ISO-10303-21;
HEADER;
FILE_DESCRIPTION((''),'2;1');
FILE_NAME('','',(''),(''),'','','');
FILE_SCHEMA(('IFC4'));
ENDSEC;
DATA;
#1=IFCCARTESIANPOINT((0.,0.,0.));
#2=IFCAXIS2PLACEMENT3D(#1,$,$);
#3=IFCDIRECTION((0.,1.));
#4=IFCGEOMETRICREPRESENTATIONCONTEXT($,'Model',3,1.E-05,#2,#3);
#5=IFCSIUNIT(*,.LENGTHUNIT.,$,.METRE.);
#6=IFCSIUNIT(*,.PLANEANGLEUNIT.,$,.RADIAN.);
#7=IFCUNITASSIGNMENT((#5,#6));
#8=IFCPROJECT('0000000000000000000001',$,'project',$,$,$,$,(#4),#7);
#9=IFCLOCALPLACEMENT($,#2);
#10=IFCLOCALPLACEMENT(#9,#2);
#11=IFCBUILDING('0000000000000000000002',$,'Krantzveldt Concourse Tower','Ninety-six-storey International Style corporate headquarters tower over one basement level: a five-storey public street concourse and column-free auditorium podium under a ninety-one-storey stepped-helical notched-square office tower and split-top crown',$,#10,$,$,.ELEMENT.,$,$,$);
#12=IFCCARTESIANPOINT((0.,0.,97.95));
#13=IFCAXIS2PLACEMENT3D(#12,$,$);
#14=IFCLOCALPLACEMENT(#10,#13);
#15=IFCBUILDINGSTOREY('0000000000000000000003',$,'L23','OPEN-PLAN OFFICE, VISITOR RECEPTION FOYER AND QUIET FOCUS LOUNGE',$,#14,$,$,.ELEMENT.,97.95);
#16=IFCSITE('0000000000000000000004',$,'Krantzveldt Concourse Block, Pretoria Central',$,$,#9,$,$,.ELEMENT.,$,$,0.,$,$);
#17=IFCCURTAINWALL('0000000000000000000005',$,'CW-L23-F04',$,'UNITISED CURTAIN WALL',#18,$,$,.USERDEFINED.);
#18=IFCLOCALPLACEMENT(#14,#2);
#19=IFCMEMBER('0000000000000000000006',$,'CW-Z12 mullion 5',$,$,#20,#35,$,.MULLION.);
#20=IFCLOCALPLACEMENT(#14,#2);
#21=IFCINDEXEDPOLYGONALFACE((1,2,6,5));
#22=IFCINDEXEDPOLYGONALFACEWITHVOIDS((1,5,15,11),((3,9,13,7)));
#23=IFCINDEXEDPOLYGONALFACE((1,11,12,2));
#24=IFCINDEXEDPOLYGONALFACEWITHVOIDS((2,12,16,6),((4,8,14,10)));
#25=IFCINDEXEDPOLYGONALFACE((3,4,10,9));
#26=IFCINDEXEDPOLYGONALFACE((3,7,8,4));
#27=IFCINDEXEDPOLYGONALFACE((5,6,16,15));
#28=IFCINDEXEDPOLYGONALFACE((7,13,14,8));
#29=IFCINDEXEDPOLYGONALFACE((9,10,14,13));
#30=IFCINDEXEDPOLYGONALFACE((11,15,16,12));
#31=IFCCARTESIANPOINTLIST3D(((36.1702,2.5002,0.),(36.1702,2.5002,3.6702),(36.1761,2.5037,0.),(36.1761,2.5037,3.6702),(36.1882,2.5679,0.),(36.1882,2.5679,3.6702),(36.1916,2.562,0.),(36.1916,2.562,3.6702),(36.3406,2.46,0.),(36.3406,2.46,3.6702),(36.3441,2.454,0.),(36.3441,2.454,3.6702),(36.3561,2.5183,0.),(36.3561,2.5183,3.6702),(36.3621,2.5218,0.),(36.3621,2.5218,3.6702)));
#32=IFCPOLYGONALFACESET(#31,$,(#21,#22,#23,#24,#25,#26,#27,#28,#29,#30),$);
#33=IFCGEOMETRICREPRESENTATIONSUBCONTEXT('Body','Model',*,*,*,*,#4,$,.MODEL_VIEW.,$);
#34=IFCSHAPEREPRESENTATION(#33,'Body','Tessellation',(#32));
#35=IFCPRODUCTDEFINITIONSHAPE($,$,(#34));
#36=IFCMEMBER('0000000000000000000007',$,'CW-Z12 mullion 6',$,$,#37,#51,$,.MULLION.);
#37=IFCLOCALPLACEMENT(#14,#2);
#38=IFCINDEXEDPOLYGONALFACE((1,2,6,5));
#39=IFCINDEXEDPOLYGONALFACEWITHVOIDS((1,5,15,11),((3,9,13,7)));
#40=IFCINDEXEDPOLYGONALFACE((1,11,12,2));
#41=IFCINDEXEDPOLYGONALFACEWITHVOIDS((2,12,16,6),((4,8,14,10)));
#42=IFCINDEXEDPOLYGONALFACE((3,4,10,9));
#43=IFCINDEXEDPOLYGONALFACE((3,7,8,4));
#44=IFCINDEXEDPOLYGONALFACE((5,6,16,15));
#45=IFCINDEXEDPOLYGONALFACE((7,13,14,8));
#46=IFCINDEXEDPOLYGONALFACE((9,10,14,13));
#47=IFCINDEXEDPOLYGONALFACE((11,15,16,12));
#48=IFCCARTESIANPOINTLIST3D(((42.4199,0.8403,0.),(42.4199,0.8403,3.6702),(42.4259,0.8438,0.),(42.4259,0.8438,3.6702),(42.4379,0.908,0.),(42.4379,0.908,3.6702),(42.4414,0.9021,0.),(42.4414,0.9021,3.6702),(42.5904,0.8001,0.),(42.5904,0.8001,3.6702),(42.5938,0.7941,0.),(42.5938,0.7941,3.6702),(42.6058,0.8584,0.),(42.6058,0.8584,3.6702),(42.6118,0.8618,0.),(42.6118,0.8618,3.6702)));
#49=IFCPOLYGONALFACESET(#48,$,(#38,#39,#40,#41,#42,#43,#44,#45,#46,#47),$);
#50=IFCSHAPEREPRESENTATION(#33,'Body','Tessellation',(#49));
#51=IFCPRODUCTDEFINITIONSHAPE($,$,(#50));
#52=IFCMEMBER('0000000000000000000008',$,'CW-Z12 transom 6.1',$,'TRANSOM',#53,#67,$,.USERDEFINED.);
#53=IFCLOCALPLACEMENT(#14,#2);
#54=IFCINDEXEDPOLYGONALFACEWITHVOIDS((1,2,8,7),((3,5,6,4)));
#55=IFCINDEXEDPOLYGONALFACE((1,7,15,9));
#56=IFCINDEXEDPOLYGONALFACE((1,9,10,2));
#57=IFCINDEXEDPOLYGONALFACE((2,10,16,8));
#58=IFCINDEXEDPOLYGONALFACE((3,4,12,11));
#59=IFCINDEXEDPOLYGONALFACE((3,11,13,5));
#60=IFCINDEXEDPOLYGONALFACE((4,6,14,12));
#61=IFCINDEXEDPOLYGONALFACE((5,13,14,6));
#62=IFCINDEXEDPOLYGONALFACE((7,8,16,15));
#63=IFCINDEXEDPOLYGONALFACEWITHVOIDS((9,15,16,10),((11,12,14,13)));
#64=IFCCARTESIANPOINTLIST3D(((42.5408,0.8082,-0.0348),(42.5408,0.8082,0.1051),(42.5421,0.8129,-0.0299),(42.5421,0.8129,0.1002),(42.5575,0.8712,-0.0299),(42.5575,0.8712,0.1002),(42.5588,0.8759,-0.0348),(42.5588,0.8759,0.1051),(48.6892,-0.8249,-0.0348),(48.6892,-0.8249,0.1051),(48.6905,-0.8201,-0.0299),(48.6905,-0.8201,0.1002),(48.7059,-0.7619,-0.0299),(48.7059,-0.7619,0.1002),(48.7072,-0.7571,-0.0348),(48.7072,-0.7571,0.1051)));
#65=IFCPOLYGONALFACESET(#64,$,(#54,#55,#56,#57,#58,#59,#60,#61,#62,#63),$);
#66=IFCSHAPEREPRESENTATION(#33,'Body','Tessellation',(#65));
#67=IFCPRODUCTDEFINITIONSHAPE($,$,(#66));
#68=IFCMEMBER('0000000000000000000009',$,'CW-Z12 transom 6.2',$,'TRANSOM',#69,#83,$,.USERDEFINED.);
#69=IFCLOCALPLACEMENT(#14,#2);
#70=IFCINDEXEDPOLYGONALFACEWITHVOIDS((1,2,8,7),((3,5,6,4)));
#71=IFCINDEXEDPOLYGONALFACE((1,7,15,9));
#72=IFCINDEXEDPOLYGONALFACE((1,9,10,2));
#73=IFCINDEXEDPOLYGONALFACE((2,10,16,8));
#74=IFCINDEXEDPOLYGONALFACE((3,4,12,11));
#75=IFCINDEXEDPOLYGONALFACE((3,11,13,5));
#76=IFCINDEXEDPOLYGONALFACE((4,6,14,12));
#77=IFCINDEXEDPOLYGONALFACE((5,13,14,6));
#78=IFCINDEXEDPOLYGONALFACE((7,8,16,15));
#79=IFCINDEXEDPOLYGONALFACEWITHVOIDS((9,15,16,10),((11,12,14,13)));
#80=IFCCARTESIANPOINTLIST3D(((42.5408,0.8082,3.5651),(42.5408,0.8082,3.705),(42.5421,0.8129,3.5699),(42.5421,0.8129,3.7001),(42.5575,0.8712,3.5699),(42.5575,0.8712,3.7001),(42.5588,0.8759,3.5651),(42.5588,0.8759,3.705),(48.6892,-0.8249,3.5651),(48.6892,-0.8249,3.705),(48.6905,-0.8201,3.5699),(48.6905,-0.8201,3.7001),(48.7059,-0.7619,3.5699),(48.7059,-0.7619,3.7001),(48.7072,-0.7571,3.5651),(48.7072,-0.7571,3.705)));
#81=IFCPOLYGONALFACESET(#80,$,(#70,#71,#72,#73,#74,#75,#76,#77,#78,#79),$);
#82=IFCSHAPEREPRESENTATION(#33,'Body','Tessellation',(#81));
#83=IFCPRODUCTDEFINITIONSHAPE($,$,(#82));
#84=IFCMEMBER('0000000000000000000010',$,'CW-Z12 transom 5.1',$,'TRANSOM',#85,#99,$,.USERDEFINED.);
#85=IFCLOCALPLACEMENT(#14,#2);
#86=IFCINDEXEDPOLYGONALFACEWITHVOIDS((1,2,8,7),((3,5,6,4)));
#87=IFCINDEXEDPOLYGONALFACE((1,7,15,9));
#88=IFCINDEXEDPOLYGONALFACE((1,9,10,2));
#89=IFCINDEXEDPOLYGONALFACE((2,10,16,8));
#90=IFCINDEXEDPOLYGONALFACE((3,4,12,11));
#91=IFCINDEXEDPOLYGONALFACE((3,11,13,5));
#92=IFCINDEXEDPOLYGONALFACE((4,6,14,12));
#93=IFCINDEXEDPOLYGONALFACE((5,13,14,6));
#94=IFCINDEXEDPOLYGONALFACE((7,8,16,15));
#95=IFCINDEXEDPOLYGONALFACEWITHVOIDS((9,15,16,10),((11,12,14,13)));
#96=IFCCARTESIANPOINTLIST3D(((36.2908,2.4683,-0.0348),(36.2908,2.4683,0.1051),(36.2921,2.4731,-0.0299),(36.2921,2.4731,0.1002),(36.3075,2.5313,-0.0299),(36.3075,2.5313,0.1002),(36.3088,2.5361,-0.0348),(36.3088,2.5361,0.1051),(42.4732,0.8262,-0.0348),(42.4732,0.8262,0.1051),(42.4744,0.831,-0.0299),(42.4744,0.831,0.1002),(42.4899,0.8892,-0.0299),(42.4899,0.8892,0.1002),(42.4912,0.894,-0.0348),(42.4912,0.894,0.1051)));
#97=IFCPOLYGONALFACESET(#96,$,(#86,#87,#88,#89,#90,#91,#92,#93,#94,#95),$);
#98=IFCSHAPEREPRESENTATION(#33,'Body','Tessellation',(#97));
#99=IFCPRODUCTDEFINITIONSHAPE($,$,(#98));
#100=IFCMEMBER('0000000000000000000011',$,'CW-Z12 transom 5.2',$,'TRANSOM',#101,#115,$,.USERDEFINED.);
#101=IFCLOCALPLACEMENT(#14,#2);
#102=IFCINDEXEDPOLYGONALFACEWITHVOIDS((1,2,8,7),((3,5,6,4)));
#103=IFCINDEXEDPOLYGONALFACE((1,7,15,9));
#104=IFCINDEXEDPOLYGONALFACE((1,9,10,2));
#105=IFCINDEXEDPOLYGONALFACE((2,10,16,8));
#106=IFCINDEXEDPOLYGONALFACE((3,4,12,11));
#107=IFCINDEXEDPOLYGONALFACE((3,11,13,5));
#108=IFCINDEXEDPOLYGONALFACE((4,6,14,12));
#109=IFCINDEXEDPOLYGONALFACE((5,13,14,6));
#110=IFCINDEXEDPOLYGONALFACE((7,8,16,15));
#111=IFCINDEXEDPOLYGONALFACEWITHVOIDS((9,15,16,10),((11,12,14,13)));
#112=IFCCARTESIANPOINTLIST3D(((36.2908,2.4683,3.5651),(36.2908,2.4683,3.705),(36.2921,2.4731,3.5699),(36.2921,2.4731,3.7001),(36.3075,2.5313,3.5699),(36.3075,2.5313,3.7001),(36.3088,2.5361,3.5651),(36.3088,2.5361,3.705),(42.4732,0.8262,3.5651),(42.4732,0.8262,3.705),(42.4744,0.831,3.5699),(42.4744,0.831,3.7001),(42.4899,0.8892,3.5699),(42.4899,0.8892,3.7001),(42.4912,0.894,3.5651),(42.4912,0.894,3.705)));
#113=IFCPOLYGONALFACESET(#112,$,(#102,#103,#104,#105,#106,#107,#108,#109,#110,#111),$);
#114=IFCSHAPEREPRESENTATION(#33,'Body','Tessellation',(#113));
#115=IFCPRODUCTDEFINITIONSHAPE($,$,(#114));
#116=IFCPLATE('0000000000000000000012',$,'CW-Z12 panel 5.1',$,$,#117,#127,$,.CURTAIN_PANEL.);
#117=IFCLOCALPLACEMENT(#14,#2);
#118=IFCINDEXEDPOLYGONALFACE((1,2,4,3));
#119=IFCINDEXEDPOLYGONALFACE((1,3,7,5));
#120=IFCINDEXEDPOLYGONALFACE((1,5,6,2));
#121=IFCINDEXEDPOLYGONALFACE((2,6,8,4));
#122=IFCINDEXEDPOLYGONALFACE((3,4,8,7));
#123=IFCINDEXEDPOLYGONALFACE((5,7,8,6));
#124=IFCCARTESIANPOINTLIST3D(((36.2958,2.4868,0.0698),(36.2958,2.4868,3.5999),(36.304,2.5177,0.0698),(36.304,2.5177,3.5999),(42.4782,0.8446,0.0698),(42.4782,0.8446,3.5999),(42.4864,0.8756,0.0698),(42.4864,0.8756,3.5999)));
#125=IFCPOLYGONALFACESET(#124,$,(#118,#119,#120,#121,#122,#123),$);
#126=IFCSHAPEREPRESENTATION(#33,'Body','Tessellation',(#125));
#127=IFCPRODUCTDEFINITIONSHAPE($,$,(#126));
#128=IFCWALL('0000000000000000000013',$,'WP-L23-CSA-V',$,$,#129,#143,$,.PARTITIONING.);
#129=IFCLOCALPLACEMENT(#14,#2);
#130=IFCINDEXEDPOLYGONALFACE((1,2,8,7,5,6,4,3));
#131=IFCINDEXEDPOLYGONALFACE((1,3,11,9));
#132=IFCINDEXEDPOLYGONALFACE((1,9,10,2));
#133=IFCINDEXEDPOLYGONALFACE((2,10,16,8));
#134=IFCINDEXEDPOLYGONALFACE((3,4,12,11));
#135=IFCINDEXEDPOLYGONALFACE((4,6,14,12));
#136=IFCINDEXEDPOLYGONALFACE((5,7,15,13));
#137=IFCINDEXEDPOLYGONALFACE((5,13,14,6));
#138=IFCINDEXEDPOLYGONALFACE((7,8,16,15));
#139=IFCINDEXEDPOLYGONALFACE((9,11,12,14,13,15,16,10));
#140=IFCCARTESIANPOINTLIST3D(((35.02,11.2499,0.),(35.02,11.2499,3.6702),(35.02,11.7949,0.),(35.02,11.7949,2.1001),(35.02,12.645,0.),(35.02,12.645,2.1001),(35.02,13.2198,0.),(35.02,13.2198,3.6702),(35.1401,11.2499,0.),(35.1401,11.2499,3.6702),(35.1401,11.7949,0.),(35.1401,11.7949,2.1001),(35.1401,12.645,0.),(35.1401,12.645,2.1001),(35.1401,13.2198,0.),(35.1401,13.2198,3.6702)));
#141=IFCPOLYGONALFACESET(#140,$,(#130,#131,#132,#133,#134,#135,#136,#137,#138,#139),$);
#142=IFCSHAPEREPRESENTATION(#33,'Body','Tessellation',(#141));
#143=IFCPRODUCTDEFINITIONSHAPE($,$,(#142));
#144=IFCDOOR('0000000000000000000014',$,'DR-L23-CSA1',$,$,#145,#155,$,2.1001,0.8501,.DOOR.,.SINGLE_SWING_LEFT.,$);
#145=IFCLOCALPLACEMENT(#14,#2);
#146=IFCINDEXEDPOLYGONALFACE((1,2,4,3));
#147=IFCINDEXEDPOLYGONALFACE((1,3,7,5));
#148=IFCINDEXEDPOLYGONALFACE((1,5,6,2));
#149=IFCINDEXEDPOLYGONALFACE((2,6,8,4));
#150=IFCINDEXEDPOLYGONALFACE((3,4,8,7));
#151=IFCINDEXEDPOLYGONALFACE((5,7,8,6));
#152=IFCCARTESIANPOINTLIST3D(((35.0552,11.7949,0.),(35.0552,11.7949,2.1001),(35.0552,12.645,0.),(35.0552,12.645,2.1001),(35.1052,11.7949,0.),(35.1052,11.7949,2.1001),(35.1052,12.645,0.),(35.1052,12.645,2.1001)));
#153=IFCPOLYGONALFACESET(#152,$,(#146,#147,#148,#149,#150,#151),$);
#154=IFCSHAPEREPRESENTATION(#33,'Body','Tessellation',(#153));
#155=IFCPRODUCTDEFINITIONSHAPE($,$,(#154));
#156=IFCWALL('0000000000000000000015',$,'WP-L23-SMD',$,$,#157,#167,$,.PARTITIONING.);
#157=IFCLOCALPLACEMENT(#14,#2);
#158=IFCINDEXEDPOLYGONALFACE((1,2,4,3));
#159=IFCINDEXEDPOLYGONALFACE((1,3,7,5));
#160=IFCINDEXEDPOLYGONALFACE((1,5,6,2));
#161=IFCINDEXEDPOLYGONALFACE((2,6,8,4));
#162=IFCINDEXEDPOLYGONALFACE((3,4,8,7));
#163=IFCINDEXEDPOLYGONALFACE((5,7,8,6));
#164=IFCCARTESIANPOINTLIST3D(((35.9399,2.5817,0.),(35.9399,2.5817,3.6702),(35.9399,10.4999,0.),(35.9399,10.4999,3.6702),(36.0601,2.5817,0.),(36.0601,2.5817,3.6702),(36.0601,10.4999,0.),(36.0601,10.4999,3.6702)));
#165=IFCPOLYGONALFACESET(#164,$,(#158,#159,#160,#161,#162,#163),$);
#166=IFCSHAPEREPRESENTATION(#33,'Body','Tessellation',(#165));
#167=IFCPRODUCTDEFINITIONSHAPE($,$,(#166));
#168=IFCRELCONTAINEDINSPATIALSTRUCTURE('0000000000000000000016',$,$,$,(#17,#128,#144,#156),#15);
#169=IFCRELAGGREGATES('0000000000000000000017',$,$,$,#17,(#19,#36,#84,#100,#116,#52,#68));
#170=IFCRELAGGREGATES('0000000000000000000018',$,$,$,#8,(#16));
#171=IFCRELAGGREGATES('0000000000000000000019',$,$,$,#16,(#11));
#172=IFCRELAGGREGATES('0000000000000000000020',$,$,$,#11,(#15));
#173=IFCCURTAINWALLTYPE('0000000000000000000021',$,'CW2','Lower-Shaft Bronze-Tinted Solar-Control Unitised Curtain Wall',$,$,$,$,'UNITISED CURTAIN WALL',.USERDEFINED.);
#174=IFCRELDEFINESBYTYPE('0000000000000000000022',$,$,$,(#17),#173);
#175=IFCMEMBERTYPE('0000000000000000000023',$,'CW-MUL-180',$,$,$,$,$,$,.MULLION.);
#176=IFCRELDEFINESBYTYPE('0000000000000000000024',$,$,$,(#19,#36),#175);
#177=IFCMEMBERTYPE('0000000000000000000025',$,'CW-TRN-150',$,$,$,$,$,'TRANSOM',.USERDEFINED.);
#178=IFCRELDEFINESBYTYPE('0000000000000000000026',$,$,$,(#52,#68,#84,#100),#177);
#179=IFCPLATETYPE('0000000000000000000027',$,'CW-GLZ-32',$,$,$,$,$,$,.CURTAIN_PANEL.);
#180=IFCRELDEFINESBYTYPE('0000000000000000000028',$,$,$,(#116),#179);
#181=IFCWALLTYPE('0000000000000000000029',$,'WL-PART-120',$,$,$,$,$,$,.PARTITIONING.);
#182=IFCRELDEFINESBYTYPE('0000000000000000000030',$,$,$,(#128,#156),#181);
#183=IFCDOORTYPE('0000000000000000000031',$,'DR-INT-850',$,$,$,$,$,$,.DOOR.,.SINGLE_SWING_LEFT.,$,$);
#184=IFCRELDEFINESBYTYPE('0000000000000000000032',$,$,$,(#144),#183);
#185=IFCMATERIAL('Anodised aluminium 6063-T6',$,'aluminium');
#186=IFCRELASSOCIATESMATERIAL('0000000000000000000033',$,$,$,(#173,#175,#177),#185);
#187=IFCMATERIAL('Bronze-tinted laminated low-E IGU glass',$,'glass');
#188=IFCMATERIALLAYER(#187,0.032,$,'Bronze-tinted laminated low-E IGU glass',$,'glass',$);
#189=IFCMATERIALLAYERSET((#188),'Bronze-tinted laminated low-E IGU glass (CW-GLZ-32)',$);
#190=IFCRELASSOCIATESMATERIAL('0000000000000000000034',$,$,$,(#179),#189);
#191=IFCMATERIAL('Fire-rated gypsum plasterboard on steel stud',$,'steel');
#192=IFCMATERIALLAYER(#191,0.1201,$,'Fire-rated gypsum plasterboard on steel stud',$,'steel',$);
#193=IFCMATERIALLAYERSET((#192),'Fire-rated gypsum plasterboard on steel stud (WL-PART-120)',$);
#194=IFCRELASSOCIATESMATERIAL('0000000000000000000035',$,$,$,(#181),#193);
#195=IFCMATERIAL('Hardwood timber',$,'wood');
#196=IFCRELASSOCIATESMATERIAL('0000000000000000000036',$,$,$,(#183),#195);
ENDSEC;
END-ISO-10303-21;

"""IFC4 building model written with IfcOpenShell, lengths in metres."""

from ifc_helpers import new_model, si_unit, direction, frame, frame_2d, origin, origin_2d, place, context, subcontext, project, spatial, rectangle, hollow_rectangle, extrude, source, transform, mapped, material, layer, layer_set, material_profile, profile_set, type_object, type_shapes, element, fill, aggregate, save


model = new_model("IFC4")

# Units and contexts
model_context = context("Model", 3, precision=1e-05, world=origin(), true_north=direction((0.0, 1.0)))
body_context = subcontext(model_context, "Body", "Model", "MODEL_VIEW")
ifc_project = project(units=[si_unit("LENGTHUNIT", "METRE"), si_unit("PLANEANGLEUNIT", "RADIAN")], contexts=[model_context])

# Site, building, storey
site_placement = place(None, origin())
site = spatial("IfcSite", under=ifc_project, at=site_placement, Name="Krantzveldt Concourse Block, Pretoria Central", CompositionType="ELEMENT", RefElevation=0.0)
building_placement = place(site_placement, origin())
building = spatial("IfcBuilding", under=site, at=building_placement, Name="Krantzveldt Concourse Tower", Description="Ninety-six-storey International Style corporate headquarters tower over one basement level: a five-storey public street concourse and column-free auditorium podium under a ninety-one-storey stepped-helical notched-square office tower and split-top crown", CompositionType="ELEMENT")
storey_placement = place(building_placement, frame((0.0, 0.0, 97.95)))
storey = spatial("IfcBuildingStorey", under=building, at=storey_placement, Name="L23", Description="OPEN-PLAN OFFICE, VISITOR RECEPTION FOYER AND QUIET FOCUS LOUNGE", CompositionType="ELEMENT", Elevation=97.95)

# Curtain wall, members, plate
ifc_material_1 = material(Name="Anodised aluminium 6063-T6", Category="aluminium")
curtain_wall_type = type_object("IfcCurtainWallType", Name="CW2", Description="Lower-Shaft Bronze-Tinted Solar-Control Unitised Curtain Wall", ElementType="UNITISED CURTAIN WALL", PredefinedType="USERDEFINED", material=ifc_material_1)
curtain_wall_placement = place(storey_placement, origin())
curtain_wall = element("IfcCurtainWall", 1, at=curtain_wall_placement, inside=storey, type_object=curtain_wall_type, Name="CW-L23-F04", ObjectType="UNITISED CURTAIN WALL", PredefinedType="USERDEFINED")
ifc_material_profile_1 = material_profile(ifc_material_1, hollow_rectangle(XDim=0.0701, YDim=0.1799, WallThickness=0.0049, at=origin_2d()), Name="Anodised aluminium 6063-T6", Category="aluminium")
ifc_profile_set_1 = profile_set([ifc_material_profile_1], Name="Anodised aluminium 6063-T6 - ALU-MULL 180x70x5")
member_type_1 = type_object("IfcMemberType", Name="CW-MUL-180", PredefinedType="MULLION", material=ifc_profile_set_1)
shared_shape_1 = source(origin(), body_context, "Body", "SweptSolid", [
    extrude(hollow_rectangle(XDim=0.0701, YDim=0.1799, WallThickness=0.0049, at=origin_2d()), origin(), (0.0, 0.0, 1.0), 3.6702),
])
type_shapes(member_type_1, [shared_shape_1])
member_1_placement = place(storey_placement, frame((36.2661, 2.511, 0.0), z_axis=(0.0, 0.0, 1.0), x_axis=(0.256711, 0.966488, 0.0)))
member_1 = element("IfcMember", 2, at=member_1_placement, type_object=member_type_1, Name="CW-Z12 mullion 5", PredefinedType="MULLION", context=body_context, shape_type="MappedRepresentation", body=[
    mapped(shared_shape_1, transform((0.0, 0.0, 0.0), x_axis=(1.0, 0.0, 0.0), y_axis=(0.0, 1.0, 0.0), z_axis=(0.0, 0.0, 1.0), scale=1.0)),
])
member_2_placement = place(storey_placement, frame((42.5159, 0.8511, 0.0), z_axis=(0.0, 0.0, 1.0), x_axis=(0.256711, 0.966488, 0.0)))
member_2 = element("IfcMember", 3, at=member_2_placement, type_object=member_type_1, Name="CW-Z12 mullion 6", PredefinedType="MULLION", context=body_context, shape_type="MappedRepresentation", body=[
    mapped(shared_shape_1, transform((0.0, 0.0, 0.0), x_axis=(1.0, 0.0, 0.0), y_axis=(0.0, 1.0, 0.0), z_axis=(0.0, 0.0, 1.0), scale=1.0)),
])
ifc_material_profile_2 = material_profile(ifc_material_1, hollow_rectangle(XDim=0.0701, YDim=0.1399, WallThickness=0.0049, at=origin_2d()), Name="Anodised aluminium 6063-T6", Category="aluminium")
ifc_profile_set_2 = profile_set([ifc_material_profile_2], Name="Anodised aluminium 6063-T6 - ALU-TRAN 140x70x5")
member_type_2 = type_object("IfcMemberType", Name="CW-TRN-150", ElementType="TRANSOM", PredefinedType="USERDEFINED", material=ifc_profile_set_2)
shared_shape_2 = source(origin(), body_context, "Body", "SweptSolid", [
    extrude(hollow_rectangle(XDim=0.0701, YDim=0.1399, WallThickness=0.0049, at=origin_2d()), origin(), (0.0, 0.0, 1.0), 6.3616),
])
member_3_placement = place(storey_placement, frame((42.5498, 0.842, 0.0352), z_axis=(0.96649, -0.256705, 0.0), x_axis=(0.256705, 0.96649, 0.0)))
member_3 = element("IfcMember", 4, at=member_3_placement, type_object=member_type_2, Name="CW-Z12 transom 6.1", ObjectType="TRANSOM", PredefinedType="USERDEFINED", context=body_context, shape_type="MappedRepresentation", body=[
    mapped(shared_shape_2, transform((0.0, 0.0, 0.0), x_axis=(1.0, 0.0, 0.0), y_axis=(0.0, 1.0, 0.0), z_axis=(0.0, 0.0, 1.0), scale=1.0)),
])
member_4_placement = place(storey_placement, frame((42.5498, 0.842, 3.635), z_axis=(0.96649, -0.256705, 0.0), x_axis=(0.256705, 0.96649, 0.0)))
member_4 = element("IfcMember", 5, at=member_4_placement, type_object=member_type_2, Name="CW-Z12 transom 6.2", ObjectType="TRANSOM", PredefinedType="USERDEFINED", context=body_context, shape_type="MappedRepresentation", body=[
    mapped(shared_shape_2, transform((0.0, 0.0, 0.0), x_axis=(1.0, 0.0, 0.0), y_axis=(0.0, 1.0, 0.0), z_axis=(0.0, 0.0, 1.0), scale=1.0)),
])
shared_shape_3 = source(origin(), body_context, "Body", "SweptSolid", [
    extrude(hollow_rectangle(XDim=0.0701, YDim=0.1399, WallThickness=0.0049, at=origin_2d()), origin(), (0.0, 0.0, 1.0), 6.3967),
])
type_shapes(member_type_2, [shared_shape_2, shared_shape_3])
member_5_placement = place(storey_placement, frame((36.2998, 2.5022, 0.0352), z_axis=(0.966489, -0.256708, 0.0), x_axis=(0.256708, 0.966489, 0.0)))
member_5 = element("IfcMember", 6, at=member_5_placement, type_object=member_type_2, Name="CW-Z12 transom 5.1", ObjectType="TRANSOM", PredefinedType="USERDEFINED", context=body_context, shape_type="MappedRepresentation", body=[
    mapped(shared_shape_3, transform((0.0, 0.0, 0.0), x_axis=(1.0, 0.0, 0.0), y_axis=(0.0, 1.0, 0.0), z_axis=(0.0, 0.0, 1.0), scale=1.0)),
])
member_6_placement = place(storey_placement, frame((36.2998, 2.5022, 3.635), z_axis=(0.966489, -0.256708, 0.0), x_axis=(0.256708, 0.966489, 0.0)))
member_6 = element("IfcMember", 7, at=member_6_placement, type_object=member_type_2, Name="CW-Z12 transom 5.2", ObjectType="TRANSOM", PredefinedType="USERDEFINED", context=body_context, shape_type="MappedRepresentation", body=[
    mapped(shared_shape_3, transform((0.0, 0.0, 0.0), x_axis=(1.0, 0.0, 0.0), y_axis=(0.0, 1.0, 0.0), z_axis=(0.0, 0.0, 1.0), scale=1.0)),
])
ifc_material_2 = material(Name="Bronze-tinted laminated low-E IGU glass", Category="glass")
ifc_layer_1 = layer(ifc_material_2, 0.032, Name="Bronze-tinted laminated low-E IGU glass", Category="glass")
ifc_layer_set_1 = layer_set([ifc_layer_1], Name="Bronze-tinted laminated low-E IGU glass (CW-GLZ-32)")
plate_type = type_object("IfcPlateType", Name="CW-GLZ-32", PredefinedType="CURTAIN_PANEL", material=ifc_layer_set_1)
shared_shape_4 = source(origin(), body_context, "Body", "SweptSolid", [
    extrude(rectangle(XDim=6.3967, YDim=0.032, at=origin_2d()), origin(), (0.0, 0.0, 1.0), 3.53),
])
type_shapes(plate_type, [shared_shape_4])
plate_placement = place(storey_placement, frame((39.3911, 1.6812, 0.0698), z_axis=(0.0, 0.0, 1.0), x_axis=(0.966488, -0.256711, 0.0)))
plate = element("IfcPlate", 8, at=plate_placement, type_object=plate_type, Name="CW-Z12 panel 5.1", PredefinedType="CURTAIN_PANEL", context=body_context, shape_type="MappedRepresentation", body=[
    mapped(shared_shape_4, transform((0.0, 0.0, 0.0), x_axis=(1.0, 0.0, 0.0), y_axis=(0.0, 1.0, 0.0), z_axis=(0.0, 0.0, 1.0), scale=1.0)),
])
aggregate(curtain_wall, [member_1, member_2, member_5, member_6, plate, member_3, member_4])

# Wall, opening, door
ifc_material_3 = material(Name="Fire-rated gypsum plasterboard on steel stud", Category="steel")
ifc_layer_2 = layer(ifc_material_3, 0.1201, Name="Fire-rated gypsum plasterboard on steel stud", Category="steel")
ifc_layer_set_2 = layer_set([ifc_layer_2], Name="Fire-rated gypsum plasterboard on steel stud (WL-PART-120)")
wall_type_1 = type_object("IfcWallType", Name="WL-PART-120", PredefinedType="PARTITIONING", material=ifc_layer_set_2)
wall_1_placement = place(storey_placement, frame((35.0801, 11.25, 0.0), z_axis=(0.0, 0.0, 1.0), x_axis=(0.0, 1.0, 0.0)))
wall_1 = element("IfcWall", 9, at=wall_1_placement, inside=storey, type_object=wall_type_1, Name="WP-L23-CSA-V", PredefinedType="PARTITIONING", context=body_context, shape_type="SweptSolid", body=[
    extrude(rectangle(XDim=1.97, YDim=0.1201, at=frame_2d((0.9849, 0.0))), origin(), (0.0, 0.0, 1.0), 3.6702),
])
opening_1_placement = place(wall_1_placement, frame((0.5449, 0.0, 0.0)))
opening_1 = element("IfcOpeningElement", 10, at=opening_1_placement, cuts=wall_1, PredefinedType="OPENING", context=body_context, shape_type="SweptSolid", body=[
    extrude(rectangle(XDim=0.8501, YDim=2.1001, at=frame_2d((0.425, 1.05))), frame((0.0, 0.0701, 0.0), z_axis=(0.0, -1.0, 0.0), x_axis=(1.0, 0.0, 0.0)), (0.0, 0.0, 1.0), 0.1401),
])
ifc_material_4 = material(Name="Hardwood timber", Category="wood")
door_type_1 = type_object("IfcDoorType", Name="DR-INT-850", OperationType="SINGLE_SWING_LEFT", PredefinedType="DOOR", material=ifc_material_4)
door_1_placement = place(opening_1_placement, origin())
door_1 = element("IfcDoor", 11, at=door_1_placement, inside=storey, type_object=door_type_1, Name="DR-L23-CSA1", OperationType="SINGLE_SWING_LEFT", OverallHeight=2.1001, OverallWidth=0.8501, PredefinedType="DOOR", context=body_context, shape_type="SweptSolid", body=[
    extrude(rectangle(XDim=0.8501, YDim=2.1001, at=frame_2d((0.425, 1.05))), frame((0.0, 0.0249, 0.0), z_axis=(0.0, -1.0, 0.0), x_axis=(1.0, 0.0, 0.0)), (0.0, 0.0, 1.0), 0.05),
])
fill(opening_1, door_1)

# Wall
wall_2_placement = place(storey_placement, frame((36.0, 2.5818, 0.0), z_axis=(0.0, 0.0, 1.0), x_axis=(0.0, 1.0, 0.0)))
element("IfcWall", 12, at=wall_2_placement, inside=storey, type_object=wall_type_1, Name="WP-L23-SMD", PredefinedType="PARTITIONING", context=body_context, shape_type="SweptSolid", body=[
    extrude(rectangle(XDim=7.9182, YDim=0.1201, at=frame_2d((3.959, 0.0))), origin(), (0.0, 0.0, 1.0), 3.6702),
])

save(model, "model.ifc")
